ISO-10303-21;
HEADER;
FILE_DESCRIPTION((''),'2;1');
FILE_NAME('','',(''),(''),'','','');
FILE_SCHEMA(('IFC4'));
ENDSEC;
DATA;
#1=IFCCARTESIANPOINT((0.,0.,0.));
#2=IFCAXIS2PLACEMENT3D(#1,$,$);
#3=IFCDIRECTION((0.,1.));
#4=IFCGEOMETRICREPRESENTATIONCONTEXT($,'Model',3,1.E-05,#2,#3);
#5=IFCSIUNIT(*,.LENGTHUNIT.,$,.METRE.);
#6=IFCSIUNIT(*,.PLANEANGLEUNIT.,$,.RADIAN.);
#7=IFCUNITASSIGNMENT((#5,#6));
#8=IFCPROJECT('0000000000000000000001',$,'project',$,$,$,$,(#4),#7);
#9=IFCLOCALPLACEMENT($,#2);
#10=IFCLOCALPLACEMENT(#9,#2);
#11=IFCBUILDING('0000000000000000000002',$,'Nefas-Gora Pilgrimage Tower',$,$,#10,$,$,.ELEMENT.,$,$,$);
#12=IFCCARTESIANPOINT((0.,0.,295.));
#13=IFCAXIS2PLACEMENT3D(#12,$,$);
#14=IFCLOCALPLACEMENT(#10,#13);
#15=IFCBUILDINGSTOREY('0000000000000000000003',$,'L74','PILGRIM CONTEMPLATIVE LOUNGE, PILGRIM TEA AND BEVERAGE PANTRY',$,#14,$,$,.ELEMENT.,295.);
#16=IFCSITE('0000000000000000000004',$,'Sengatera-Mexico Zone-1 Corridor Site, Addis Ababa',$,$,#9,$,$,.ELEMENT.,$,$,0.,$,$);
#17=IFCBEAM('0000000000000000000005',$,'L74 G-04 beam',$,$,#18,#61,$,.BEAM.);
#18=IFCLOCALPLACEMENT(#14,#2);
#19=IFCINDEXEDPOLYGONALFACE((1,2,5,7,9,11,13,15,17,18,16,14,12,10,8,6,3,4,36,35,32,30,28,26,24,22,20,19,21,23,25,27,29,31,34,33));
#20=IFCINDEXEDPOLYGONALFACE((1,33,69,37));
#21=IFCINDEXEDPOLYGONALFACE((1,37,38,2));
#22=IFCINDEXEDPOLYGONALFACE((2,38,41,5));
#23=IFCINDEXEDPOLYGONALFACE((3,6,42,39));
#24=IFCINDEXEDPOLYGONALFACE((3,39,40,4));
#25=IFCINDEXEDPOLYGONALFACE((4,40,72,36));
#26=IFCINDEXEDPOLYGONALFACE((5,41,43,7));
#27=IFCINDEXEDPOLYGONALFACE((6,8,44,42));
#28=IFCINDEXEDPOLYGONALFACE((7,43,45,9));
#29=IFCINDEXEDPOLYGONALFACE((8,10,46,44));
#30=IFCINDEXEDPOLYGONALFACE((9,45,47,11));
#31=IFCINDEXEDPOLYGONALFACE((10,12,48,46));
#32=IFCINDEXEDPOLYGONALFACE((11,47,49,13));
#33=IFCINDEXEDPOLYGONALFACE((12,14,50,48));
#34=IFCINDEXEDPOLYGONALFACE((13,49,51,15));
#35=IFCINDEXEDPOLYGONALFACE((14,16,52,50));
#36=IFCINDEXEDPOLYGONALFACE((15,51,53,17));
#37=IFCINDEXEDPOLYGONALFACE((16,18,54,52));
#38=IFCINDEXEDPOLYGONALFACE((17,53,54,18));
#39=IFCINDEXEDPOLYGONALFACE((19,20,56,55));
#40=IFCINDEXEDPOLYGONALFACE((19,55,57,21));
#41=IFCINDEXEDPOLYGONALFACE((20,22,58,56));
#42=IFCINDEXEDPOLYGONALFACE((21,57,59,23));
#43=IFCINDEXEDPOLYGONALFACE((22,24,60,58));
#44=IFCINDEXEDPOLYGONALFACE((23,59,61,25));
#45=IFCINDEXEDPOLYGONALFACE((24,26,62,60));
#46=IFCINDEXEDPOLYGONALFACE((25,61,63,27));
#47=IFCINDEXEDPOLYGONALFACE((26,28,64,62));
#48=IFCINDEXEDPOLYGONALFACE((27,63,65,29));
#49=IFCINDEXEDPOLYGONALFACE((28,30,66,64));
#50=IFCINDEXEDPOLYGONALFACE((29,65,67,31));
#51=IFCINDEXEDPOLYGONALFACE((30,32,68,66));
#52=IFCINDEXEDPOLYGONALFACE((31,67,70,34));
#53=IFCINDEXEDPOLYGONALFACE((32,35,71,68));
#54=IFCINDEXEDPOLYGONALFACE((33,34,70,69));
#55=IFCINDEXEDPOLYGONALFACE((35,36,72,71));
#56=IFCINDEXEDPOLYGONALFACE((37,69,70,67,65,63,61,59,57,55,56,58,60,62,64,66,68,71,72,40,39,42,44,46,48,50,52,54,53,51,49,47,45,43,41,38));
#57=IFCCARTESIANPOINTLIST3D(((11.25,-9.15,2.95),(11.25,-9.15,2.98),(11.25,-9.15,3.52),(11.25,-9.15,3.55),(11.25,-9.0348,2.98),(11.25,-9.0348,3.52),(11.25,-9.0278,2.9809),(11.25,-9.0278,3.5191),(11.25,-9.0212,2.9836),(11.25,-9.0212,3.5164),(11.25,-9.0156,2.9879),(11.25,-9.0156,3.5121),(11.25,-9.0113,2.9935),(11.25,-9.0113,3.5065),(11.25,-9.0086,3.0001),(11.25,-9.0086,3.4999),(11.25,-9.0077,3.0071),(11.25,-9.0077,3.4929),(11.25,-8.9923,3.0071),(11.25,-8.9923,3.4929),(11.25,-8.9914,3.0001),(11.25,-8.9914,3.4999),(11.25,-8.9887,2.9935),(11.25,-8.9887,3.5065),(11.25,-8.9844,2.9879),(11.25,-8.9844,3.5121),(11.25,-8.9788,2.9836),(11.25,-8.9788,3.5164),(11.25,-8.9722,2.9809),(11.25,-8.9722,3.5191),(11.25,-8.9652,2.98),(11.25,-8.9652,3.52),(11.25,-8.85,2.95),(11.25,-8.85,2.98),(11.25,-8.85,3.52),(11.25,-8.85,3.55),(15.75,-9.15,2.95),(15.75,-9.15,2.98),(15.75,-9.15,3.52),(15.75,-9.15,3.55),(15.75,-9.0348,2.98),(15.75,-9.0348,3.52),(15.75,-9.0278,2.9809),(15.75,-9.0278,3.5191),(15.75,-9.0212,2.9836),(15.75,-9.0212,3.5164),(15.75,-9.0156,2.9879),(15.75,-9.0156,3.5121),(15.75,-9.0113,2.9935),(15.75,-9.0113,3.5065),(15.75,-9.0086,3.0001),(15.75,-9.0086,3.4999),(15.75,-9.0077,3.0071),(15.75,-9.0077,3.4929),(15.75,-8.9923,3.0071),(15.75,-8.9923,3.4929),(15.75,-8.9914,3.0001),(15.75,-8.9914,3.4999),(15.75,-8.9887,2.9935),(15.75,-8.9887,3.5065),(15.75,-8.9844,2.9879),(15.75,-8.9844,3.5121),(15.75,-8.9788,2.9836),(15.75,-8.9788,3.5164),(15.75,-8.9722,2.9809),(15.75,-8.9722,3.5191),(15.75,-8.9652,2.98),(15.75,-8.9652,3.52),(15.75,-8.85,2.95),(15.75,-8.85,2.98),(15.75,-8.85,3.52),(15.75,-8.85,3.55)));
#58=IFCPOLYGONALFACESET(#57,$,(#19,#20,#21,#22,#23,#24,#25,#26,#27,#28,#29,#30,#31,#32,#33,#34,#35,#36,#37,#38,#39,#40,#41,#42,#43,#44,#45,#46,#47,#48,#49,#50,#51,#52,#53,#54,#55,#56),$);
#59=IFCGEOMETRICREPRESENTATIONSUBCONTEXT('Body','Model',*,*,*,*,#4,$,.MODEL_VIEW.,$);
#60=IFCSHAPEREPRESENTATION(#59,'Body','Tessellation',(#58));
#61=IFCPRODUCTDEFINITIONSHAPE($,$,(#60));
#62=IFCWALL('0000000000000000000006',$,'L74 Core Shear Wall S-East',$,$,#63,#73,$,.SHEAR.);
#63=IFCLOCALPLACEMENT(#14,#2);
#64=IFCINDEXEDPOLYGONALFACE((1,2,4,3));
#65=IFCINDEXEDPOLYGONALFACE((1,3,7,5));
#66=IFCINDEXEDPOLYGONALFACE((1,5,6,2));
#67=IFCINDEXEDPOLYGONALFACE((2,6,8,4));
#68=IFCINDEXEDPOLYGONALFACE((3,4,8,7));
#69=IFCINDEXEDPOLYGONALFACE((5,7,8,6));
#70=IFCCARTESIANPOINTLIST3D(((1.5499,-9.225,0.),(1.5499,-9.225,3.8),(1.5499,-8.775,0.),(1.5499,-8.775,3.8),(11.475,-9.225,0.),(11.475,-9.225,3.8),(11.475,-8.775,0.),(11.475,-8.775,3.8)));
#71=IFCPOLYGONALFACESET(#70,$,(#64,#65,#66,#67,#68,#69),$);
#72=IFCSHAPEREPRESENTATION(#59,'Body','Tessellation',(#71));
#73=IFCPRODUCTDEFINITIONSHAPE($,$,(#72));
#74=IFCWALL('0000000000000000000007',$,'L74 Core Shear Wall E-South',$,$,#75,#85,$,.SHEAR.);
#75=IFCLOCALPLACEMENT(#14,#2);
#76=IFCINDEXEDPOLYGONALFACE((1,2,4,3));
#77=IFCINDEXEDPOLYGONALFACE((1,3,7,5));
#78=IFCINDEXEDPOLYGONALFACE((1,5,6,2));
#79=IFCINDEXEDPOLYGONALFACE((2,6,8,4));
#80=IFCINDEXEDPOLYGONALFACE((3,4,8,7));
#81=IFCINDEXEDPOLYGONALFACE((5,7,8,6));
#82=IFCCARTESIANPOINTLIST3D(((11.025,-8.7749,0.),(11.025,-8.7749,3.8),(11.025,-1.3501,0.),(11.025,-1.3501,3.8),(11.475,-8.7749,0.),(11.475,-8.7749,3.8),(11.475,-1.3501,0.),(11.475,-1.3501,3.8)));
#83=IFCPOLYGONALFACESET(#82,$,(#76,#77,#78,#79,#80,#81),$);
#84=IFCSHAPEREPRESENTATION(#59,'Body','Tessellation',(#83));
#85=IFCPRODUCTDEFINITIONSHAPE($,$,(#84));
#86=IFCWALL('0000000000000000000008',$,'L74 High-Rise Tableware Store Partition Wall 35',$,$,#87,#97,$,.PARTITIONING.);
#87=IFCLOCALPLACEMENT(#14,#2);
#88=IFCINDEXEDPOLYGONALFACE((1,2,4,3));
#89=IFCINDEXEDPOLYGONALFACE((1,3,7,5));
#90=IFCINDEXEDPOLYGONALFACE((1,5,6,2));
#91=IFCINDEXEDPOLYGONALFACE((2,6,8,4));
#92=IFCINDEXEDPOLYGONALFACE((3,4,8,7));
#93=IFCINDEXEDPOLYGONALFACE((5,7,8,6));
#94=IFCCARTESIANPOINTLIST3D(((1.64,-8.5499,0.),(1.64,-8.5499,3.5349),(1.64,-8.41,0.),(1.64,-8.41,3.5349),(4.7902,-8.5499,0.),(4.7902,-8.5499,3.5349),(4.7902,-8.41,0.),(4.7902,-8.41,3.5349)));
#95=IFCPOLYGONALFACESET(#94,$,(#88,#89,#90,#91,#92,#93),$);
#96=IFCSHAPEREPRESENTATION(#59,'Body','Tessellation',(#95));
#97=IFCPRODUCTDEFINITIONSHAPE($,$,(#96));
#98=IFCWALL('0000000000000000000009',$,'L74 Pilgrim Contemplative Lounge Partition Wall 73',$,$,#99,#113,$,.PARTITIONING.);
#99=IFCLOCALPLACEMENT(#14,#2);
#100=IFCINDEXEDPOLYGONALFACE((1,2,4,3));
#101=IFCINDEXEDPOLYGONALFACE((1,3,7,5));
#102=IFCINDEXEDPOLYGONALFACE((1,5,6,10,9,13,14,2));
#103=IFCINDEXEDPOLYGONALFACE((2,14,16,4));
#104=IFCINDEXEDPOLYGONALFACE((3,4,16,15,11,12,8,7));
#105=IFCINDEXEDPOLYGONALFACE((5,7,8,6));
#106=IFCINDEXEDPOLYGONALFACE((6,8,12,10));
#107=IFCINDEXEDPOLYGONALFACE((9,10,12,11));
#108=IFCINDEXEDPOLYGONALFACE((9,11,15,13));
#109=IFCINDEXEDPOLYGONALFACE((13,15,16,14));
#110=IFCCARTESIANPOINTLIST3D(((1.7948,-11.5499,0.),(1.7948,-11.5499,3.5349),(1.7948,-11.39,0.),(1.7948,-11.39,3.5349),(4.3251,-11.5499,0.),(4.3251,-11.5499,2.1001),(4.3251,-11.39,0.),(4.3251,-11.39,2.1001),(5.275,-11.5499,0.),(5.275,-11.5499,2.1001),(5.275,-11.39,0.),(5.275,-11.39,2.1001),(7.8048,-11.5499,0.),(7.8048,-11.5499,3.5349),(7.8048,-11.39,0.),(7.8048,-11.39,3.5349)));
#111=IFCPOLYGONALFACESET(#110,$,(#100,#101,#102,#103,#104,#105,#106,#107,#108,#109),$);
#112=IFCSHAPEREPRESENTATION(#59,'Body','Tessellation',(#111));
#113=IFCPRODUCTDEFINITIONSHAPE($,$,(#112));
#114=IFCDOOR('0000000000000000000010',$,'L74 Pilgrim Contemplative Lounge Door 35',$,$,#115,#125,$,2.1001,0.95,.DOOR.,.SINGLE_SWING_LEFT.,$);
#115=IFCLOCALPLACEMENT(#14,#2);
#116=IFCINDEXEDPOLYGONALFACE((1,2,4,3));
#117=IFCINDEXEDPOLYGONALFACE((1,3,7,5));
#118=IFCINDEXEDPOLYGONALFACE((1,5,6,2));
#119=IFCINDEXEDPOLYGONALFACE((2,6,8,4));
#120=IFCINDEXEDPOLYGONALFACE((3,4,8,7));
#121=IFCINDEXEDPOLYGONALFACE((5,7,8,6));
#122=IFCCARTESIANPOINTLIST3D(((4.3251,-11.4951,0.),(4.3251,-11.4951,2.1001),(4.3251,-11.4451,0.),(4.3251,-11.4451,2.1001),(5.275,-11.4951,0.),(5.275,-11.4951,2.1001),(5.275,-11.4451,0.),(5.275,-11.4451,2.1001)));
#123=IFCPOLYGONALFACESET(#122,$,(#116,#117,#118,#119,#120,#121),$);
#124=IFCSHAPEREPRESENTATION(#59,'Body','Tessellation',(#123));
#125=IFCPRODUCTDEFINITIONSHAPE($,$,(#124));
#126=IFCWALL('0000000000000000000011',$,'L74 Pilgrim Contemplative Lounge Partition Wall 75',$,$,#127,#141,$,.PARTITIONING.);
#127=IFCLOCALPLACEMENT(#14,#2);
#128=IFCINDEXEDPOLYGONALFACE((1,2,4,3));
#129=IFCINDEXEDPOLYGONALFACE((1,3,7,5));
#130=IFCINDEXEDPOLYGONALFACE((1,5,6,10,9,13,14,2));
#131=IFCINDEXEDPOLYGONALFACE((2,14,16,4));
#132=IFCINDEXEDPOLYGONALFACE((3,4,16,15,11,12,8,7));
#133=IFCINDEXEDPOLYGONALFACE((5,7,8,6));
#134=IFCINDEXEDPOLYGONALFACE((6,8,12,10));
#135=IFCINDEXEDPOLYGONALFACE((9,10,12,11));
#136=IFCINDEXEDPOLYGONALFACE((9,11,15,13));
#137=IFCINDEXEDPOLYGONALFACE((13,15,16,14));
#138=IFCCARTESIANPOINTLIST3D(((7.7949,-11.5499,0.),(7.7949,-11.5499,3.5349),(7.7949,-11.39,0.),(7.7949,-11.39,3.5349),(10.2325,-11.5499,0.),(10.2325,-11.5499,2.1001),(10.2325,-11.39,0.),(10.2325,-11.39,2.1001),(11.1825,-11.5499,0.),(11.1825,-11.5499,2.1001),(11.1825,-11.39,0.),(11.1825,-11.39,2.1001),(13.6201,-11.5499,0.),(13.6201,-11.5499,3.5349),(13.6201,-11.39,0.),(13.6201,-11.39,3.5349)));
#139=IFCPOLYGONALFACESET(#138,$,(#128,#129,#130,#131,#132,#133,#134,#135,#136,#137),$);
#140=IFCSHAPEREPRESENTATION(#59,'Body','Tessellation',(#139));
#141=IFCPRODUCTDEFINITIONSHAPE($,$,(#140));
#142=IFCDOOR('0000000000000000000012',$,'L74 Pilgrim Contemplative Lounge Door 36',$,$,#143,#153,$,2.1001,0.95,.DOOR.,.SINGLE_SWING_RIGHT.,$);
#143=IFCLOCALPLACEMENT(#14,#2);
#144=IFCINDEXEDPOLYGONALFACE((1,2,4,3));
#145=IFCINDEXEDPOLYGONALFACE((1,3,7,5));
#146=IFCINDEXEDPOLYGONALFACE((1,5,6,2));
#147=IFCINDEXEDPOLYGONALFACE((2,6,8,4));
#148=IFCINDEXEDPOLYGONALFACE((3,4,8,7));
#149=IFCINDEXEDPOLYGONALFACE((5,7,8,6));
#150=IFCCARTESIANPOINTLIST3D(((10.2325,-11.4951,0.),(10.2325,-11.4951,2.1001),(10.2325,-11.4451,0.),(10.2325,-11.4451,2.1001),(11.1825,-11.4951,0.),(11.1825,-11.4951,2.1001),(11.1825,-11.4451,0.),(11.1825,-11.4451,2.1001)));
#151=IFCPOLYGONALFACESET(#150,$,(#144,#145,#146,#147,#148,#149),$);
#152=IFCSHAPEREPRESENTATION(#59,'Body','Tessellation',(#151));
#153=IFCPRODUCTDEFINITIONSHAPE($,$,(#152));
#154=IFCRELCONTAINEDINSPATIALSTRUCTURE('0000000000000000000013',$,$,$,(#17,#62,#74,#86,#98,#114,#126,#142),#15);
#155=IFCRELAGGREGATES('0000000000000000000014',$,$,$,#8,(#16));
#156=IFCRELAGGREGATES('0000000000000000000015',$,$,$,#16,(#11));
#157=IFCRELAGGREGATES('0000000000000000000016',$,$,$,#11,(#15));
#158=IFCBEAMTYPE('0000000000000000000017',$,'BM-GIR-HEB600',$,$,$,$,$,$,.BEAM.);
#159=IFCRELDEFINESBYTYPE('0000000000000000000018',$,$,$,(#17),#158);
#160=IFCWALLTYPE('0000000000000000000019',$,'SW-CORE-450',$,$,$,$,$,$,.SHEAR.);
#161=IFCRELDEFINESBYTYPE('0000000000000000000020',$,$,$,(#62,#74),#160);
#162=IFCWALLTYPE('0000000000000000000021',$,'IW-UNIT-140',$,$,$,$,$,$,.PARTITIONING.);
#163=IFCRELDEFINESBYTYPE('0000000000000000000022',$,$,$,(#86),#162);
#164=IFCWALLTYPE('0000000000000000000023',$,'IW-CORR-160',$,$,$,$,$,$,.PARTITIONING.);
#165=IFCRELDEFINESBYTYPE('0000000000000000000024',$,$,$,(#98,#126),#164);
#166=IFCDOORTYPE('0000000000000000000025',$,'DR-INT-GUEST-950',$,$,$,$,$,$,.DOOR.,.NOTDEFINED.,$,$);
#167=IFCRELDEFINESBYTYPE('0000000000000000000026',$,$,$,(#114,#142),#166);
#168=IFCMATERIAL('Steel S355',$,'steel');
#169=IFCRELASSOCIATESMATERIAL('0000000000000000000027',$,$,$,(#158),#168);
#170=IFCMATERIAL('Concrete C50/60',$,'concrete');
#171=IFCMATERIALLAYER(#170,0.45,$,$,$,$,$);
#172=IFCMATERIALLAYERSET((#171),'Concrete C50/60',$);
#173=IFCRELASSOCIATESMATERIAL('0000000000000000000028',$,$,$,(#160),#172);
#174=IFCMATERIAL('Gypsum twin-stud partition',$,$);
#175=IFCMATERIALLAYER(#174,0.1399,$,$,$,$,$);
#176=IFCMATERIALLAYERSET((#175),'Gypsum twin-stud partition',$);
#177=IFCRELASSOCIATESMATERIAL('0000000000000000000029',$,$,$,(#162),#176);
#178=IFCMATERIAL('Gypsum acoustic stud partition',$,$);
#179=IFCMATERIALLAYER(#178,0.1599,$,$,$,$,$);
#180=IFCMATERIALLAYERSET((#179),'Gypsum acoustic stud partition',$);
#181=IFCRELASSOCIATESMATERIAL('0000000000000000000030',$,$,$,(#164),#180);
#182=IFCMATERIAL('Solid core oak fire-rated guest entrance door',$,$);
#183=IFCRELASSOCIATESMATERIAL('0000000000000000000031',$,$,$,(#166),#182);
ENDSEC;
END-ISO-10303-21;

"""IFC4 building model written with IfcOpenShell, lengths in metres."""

from ifc_helpers import new_model, si_unit, direction, frame, frame_2d, origin, origin_2d, place, context, subcontext, project, spatial, rectangle, i_section, extrude, source, transform, mapped, material, layer, layer_set, material_profile, profile_set, type_object, element, fill, save


model = new_model("IFC4")

# Units and contexts
model_context = context("Model", 3, precision=1e-05, world=origin(), true_north=direction((0.0, 1.0)))
body_context = subcontext(model_context, "Body", "Model", "MODEL_VIEW")
ifc_project = project(units=[si_unit("LENGTHUNIT", "METRE"), si_unit("PLANEANGLEUNIT", "RADIAN")], contexts=[model_context])

# Site, building, storey
site_placement = place(None, origin())
site = spatial("IfcSite", under=ifc_project, at=site_placement, Name="Sengatera-Mexico Zone-1 Corridor Site, Addis Ababa", CompositionType="ELEMENT", RefElevation=0.0)
building_placement = place(site_placement, origin())
building = spatial("IfcBuilding", under=site, at=building_placement, Name="Nefas-Gora Pilgrimage Tower", CompositionType="ELEMENT")
storey_placement = place(building_placement, frame((0.0, 0.0, 295.0)))
storey = spatial("IfcBuildingStorey", under=building, at=storey_placement, Name="L74", Description="PILGRIM CONTEMPLATIVE LOUNGE, PILGRIM TEA AND BEVERAGE PANTRY", CompositionType="ELEMENT", Elevation=295.0)

# Shared definitions
ifc_material_1 = material(Name="Steel S355", Category="steel")

# Beam
ifc_material_profile_1 = material_profile(ifc_material_1, i_section(OverallWidth=0.3, OverallDepth=0.6001, WebThickness=0.0154, FlangeThickness=0.03, FilletRadius=0.0271, at=origin_2d()), Name="HEB 600")
ifc_profile_set_1 = profile_set([ifc_material_profile_1], Name="Steel S355")
beam_type = type_object("IfcBeamType", Name="BM-GIR-HEB600", PredefinedType="BEAM", material=ifc_profile_set_1)
shared_shape_1 = source(origin(), body_context, "Body", "SweptSolid", [
    extrude(i_section(OverallWidth=0.3, OverallDepth=0.6001, WebThickness=0.0154, FlangeThickness=0.03, FilletRadius=0.0271, at=origin_2d()), origin(), (0.0, 0.0, 1.0), 4.5),
])
for number, where, z_axis, x_axis, name in (
    (1, (11.25, -9.0, 3.25), (1.0, 0.0, 0.0), (0.0, 1.0, 0.0), "L74 G-04 beam"),
):
    element("IfcBeam", number, at=place(storey_placement, frame(where, z_axis=z_axis, x_axis=x_axis)), inside=storey, type_object=beam_type, Name=name, PredefinedType="BEAM", context=body_context, shape_type="MappedRepresentation", body=[
        mapped(shared_shape_1, transform((0.0, 0.0, 0.0), x_axis=(1.0, 0.0, 0.0), y_axis=(0.0, 1.0, 0.0), z_axis=(0.0, 0.0, 1.0), scale=1.0)),
    ])

# Walls
ifc_material_2 = material(Name="Concrete C50/60", Category="concrete")
ifc_layer_1 = layer(ifc_material_2, 0.45)
ifc_layer_set_1 = layer_set([ifc_layer_1], Name="Concrete C50/60")
wall_type_1 = type_object("IfcWallType", Name="SW-CORE-450", PredefinedType="SHEAR", material=ifc_layer_set_1)
shared_shape_2 = source(origin(), body_context, "Body", "SweptSolid", [
    extrude(rectangle(XDim=9.925, YDim=0.45, at=frame_2d((4.9624, 0.0))), origin(), (0.0, 0.0, 1.0), 3.8),
])
wall_1_placement = place(storey_placement, frame((1.55, -9.0, 0.0), z_axis=(0.0, 0.0, 1.0), x_axis=(1.0, 0.0, 0.0)))
element("IfcWall", 2, at=wall_1_placement, inside=storey, type_object=wall_type_1, Name="L74 Core Shear Wall S-East", PredefinedType="SHEAR", context=body_context, shape_type="MappedRepresentation", body=[
    mapped(shared_shape_2, transform((0.0, 0.0, 0.0), x_axis=(1.0, 0.0, 0.0), y_axis=(0.0, 1.0, 0.0), z_axis=(0.0, 0.0, 1.0), scale=1.0)),
])
shared_shape_3 = source(origin(), body_context, "Body", "SweptSolid", [
    extrude(rectangle(XDim=7.4248, YDim=0.45, at=frame_2d((3.7124, 0.0))), origin(), (0.0, 0.0, 1.0), 3.8),
])
wall_2_placement = place(storey_placement, frame((11.25, -8.7749, 0.0), z_axis=(0.0, 0.0, 1.0), x_axis=(0.0, 1.0, 0.0)))
element("IfcWall", 3, at=wall_2_placement, inside=storey, type_object=wall_type_1, Name="L74 Core Shear Wall E-South", PredefinedType="SHEAR", context=body_context, shape_type="MappedRepresentation", body=[
    mapped(shared_shape_3, transform((0.0, 0.0, 0.0), x_axis=(1.0, 0.0, 0.0), y_axis=(0.0, 1.0, 0.0), z_axis=(0.0, 0.0, 1.0), scale=1.0)),
])
ifc_material_3 = material(Name="Gypsum twin-stud partition")
ifc_layer_2 = layer(ifc_material_3, 0.1399)
ifc_layer_set_2 = layer_set([ifc_layer_2], Name="Gypsum twin-stud partition")
wall_type_2 = type_object("IfcWallType", Name="IW-UNIT-140", PredefinedType="PARTITIONING", material=ifc_layer_set_2)
shared_shape_4 = source(origin(), body_context, "Body", "SweptSolid", [
    extrude(rectangle(XDim=3.1501, YDim=0.1399, at=frame_2d((1.5752, 0.0))), origin(), (0.0, 0.0, 1.0), 3.5349),
])
wall_3_placement = place(storey_placement, frame((1.6399, -8.48, 0.0), z_axis=(0.0, 0.0, 1.0), x_axis=(1.0, 0.0, 0.0)))
element("IfcWall", 4, at=wall_3_placement, inside=storey, type_object=wall_type_2, Name="L74 High-Rise Tableware Store Partition Wall 35", PredefinedType="PARTITIONING", context=body_context, shape_type="MappedRepresentation", body=[
    mapped(shared_shape_4, transform((0.0, 0.0, 0.0), x_axis=(1.0, 0.0, 0.0), y_axis=(0.0, 1.0, 0.0), z_axis=(0.0, 0.0, 1.0), scale=1.0)),
])

# Walls, openings, doors
ifc_material_4 = material(Name="Gypsum acoustic stud partition")
ifc_layer_3 = layer(ifc_material_4, 0.1599)
ifc_layer_set_3 = layer_set([ifc_layer_3], Name="Gypsum acoustic stud partition")
wall_type_3 = type_object("IfcWallType", Name="IW-CORR-160", PredefinedType="PARTITIONING", material=ifc_layer_set_3)
shared_shape_5 = source(origin(), body_context, "Body", "SweptSolid", [
    extrude(rectangle(XDim=6.01, YDim=0.1599, at=frame_2d((3.0049, 0.0))), origin(), (0.0, 0.0, 1.0), 3.5349),
])
wall_4_placement = place(storey_placement, frame((1.7949, -11.47, 0.0), z_axis=(0.0, 0.0, 1.0), x_axis=(1.0, 0.0, 0.0)))
wall_4 = element("IfcWall", 5, at=wall_4_placement, inside=storey, type_object=wall_type_3, Name="L74 Pilgrim Contemplative Lounge Partition Wall 73", PredefinedType="PARTITIONING", context=body_context, shape_type="MappedRepresentation", body=[
    mapped(shared_shape_5, transform((0.0, 0.0, 0.0), x_axis=(1.0, 0.0, 0.0), y_axis=(0.0, 1.0, 0.0), z_axis=(0.0, 0.0, 1.0), scale=1.0)),
])
opening_1_placement = place(wall_4_placement, frame((2.53, 0.0, 0.0)))
opening_1 = element("IfcOpeningElement", 6, at=opening_1_placement, cuts=wall_4, PredefinedType="OPENING", context=body_context, shape_type="SweptSolid", body=[
    extrude(rectangle(XDim=0.95, YDim=2.1001, at=frame_2d((0.4751, 1.05))), frame((0.0, 0.0898, 0.0), z_axis=(0.0, -1.0, 0.0), x_axis=(1.0, 0.0, 0.0)), (0.0, 0.0, 1.0), 0.1799),
])
ifc_material_5 = material(Name="Solid core oak fire-rated guest entrance door")
door_type_1 = type_object("IfcDoorType", Name="DR-INT-GUEST-950", OperationType="NOTDEFINED", PredefinedType="DOOR", material=ifc_material_5)
shared_shape_6 = source(origin(), body_context, "Body", "SweptSolid", [
    extrude(rectangle(XDim=0.95, YDim=2.1001, at=frame_2d((0.4751, 1.05))), frame((0.0, 0.0249, 0.0), z_axis=(0.0, -1.0, 0.0), x_axis=(1.0, 0.0, 0.0)), (0.0, 0.0, 1.0), 0.05),
])
door_1_placement = place(opening_1_placement, origin())
door_1 = element("IfcDoor", 7, at=door_1_placement, inside=storey, type_object=door_type_1, Name="L74 Pilgrim Contemplative Lounge Door 35", OperationType="SINGLE_SWING_LEFT", OverallHeight=2.1001, OverallWidth=0.95, PredefinedType="DOOR", context=body_context, shape_type="MappedRepresentation", body=[
    mapped(shared_shape_6, transform((0.0, 0.0, 0.0), x_axis=(1.0, 0.0, 0.0), y_axis=(0.0, 1.0, 0.0), z_axis=(0.0, 0.0, 1.0), scale=1.0)),
])
fill(opening_1, door_1)
shared_shape_7 = source(origin(), body_context, "Body", "SweptSolid", [
    extrude(rectangle(XDim=5.8252, YDim=0.1599, at=frame_2d((2.9126, 0.0))), origin(), (0.0, 0.0, 1.0), 3.5349),
])
wall_5_placement = place(storey_placement, frame((7.7949, -11.47, 0.0), z_axis=(0.0, 0.0, 1.0), x_axis=(1.0, 0.0, 0.0)))
wall_5 = element("IfcWall", 8, at=wall_5_placement, inside=storey, type_object=wall_type_3, Name="L74 Pilgrim Contemplative Lounge Partition Wall 75", PredefinedType="PARTITIONING", context=body_context, shape_type="MappedRepresentation", body=[
    mapped(shared_shape_7, transform((0.0, 0.0, 0.0), x_axis=(1.0, 0.0, 0.0), y_axis=(0.0, 1.0, 0.0), z_axis=(0.0, 0.0, 1.0), scale=1.0)),
])
opening_2_placement = place(wall_5_placement, frame((2.4375, 0.0, 0.0)))
opening_2 = element("IfcOpeningElement", 9, at=opening_2_placement, cuts=wall_5, PredefinedType="OPENING", context=body_context, shape_type="SweptSolid", body=[
    extrude(rectangle(XDim=0.95, YDim=2.1001, at=frame_2d((0.4751, 1.05))), frame((0.0, 0.0898, 0.0), z_axis=(0.0, -1.0, 0.0), x_axis=(1.0, 0.0, 0.0)), (0.0, 0.0, 1.0), 0.1799),
])
door_2_placement = place(opening_2_placement, origin())
door_2 = element("IfcDoor", 10, at=door_2_placement, inside=storey, type_object=door_type_1, Name="L74 Pilgrim Contemplative Lounge Door 36", OperationType="SINGLE_SWING_RIGHT", OverallHeight=2.1001, OverallWidth=0.95, PredefinedType="DOOR", context=body_context, shape_type="MappedRepresentation", body=[
    mapped(shared_shape_6, transform((0.0, 0.0, 0.0), x_axis=(1.0, 0.0, 0.0), y_axis=(0.0, 1.0, 0.0), z_axis=(0.0, 0.0, 1.0), scale=1.0)),
])
fill(opening_2, door_2)

save(model, "model.ifc")
